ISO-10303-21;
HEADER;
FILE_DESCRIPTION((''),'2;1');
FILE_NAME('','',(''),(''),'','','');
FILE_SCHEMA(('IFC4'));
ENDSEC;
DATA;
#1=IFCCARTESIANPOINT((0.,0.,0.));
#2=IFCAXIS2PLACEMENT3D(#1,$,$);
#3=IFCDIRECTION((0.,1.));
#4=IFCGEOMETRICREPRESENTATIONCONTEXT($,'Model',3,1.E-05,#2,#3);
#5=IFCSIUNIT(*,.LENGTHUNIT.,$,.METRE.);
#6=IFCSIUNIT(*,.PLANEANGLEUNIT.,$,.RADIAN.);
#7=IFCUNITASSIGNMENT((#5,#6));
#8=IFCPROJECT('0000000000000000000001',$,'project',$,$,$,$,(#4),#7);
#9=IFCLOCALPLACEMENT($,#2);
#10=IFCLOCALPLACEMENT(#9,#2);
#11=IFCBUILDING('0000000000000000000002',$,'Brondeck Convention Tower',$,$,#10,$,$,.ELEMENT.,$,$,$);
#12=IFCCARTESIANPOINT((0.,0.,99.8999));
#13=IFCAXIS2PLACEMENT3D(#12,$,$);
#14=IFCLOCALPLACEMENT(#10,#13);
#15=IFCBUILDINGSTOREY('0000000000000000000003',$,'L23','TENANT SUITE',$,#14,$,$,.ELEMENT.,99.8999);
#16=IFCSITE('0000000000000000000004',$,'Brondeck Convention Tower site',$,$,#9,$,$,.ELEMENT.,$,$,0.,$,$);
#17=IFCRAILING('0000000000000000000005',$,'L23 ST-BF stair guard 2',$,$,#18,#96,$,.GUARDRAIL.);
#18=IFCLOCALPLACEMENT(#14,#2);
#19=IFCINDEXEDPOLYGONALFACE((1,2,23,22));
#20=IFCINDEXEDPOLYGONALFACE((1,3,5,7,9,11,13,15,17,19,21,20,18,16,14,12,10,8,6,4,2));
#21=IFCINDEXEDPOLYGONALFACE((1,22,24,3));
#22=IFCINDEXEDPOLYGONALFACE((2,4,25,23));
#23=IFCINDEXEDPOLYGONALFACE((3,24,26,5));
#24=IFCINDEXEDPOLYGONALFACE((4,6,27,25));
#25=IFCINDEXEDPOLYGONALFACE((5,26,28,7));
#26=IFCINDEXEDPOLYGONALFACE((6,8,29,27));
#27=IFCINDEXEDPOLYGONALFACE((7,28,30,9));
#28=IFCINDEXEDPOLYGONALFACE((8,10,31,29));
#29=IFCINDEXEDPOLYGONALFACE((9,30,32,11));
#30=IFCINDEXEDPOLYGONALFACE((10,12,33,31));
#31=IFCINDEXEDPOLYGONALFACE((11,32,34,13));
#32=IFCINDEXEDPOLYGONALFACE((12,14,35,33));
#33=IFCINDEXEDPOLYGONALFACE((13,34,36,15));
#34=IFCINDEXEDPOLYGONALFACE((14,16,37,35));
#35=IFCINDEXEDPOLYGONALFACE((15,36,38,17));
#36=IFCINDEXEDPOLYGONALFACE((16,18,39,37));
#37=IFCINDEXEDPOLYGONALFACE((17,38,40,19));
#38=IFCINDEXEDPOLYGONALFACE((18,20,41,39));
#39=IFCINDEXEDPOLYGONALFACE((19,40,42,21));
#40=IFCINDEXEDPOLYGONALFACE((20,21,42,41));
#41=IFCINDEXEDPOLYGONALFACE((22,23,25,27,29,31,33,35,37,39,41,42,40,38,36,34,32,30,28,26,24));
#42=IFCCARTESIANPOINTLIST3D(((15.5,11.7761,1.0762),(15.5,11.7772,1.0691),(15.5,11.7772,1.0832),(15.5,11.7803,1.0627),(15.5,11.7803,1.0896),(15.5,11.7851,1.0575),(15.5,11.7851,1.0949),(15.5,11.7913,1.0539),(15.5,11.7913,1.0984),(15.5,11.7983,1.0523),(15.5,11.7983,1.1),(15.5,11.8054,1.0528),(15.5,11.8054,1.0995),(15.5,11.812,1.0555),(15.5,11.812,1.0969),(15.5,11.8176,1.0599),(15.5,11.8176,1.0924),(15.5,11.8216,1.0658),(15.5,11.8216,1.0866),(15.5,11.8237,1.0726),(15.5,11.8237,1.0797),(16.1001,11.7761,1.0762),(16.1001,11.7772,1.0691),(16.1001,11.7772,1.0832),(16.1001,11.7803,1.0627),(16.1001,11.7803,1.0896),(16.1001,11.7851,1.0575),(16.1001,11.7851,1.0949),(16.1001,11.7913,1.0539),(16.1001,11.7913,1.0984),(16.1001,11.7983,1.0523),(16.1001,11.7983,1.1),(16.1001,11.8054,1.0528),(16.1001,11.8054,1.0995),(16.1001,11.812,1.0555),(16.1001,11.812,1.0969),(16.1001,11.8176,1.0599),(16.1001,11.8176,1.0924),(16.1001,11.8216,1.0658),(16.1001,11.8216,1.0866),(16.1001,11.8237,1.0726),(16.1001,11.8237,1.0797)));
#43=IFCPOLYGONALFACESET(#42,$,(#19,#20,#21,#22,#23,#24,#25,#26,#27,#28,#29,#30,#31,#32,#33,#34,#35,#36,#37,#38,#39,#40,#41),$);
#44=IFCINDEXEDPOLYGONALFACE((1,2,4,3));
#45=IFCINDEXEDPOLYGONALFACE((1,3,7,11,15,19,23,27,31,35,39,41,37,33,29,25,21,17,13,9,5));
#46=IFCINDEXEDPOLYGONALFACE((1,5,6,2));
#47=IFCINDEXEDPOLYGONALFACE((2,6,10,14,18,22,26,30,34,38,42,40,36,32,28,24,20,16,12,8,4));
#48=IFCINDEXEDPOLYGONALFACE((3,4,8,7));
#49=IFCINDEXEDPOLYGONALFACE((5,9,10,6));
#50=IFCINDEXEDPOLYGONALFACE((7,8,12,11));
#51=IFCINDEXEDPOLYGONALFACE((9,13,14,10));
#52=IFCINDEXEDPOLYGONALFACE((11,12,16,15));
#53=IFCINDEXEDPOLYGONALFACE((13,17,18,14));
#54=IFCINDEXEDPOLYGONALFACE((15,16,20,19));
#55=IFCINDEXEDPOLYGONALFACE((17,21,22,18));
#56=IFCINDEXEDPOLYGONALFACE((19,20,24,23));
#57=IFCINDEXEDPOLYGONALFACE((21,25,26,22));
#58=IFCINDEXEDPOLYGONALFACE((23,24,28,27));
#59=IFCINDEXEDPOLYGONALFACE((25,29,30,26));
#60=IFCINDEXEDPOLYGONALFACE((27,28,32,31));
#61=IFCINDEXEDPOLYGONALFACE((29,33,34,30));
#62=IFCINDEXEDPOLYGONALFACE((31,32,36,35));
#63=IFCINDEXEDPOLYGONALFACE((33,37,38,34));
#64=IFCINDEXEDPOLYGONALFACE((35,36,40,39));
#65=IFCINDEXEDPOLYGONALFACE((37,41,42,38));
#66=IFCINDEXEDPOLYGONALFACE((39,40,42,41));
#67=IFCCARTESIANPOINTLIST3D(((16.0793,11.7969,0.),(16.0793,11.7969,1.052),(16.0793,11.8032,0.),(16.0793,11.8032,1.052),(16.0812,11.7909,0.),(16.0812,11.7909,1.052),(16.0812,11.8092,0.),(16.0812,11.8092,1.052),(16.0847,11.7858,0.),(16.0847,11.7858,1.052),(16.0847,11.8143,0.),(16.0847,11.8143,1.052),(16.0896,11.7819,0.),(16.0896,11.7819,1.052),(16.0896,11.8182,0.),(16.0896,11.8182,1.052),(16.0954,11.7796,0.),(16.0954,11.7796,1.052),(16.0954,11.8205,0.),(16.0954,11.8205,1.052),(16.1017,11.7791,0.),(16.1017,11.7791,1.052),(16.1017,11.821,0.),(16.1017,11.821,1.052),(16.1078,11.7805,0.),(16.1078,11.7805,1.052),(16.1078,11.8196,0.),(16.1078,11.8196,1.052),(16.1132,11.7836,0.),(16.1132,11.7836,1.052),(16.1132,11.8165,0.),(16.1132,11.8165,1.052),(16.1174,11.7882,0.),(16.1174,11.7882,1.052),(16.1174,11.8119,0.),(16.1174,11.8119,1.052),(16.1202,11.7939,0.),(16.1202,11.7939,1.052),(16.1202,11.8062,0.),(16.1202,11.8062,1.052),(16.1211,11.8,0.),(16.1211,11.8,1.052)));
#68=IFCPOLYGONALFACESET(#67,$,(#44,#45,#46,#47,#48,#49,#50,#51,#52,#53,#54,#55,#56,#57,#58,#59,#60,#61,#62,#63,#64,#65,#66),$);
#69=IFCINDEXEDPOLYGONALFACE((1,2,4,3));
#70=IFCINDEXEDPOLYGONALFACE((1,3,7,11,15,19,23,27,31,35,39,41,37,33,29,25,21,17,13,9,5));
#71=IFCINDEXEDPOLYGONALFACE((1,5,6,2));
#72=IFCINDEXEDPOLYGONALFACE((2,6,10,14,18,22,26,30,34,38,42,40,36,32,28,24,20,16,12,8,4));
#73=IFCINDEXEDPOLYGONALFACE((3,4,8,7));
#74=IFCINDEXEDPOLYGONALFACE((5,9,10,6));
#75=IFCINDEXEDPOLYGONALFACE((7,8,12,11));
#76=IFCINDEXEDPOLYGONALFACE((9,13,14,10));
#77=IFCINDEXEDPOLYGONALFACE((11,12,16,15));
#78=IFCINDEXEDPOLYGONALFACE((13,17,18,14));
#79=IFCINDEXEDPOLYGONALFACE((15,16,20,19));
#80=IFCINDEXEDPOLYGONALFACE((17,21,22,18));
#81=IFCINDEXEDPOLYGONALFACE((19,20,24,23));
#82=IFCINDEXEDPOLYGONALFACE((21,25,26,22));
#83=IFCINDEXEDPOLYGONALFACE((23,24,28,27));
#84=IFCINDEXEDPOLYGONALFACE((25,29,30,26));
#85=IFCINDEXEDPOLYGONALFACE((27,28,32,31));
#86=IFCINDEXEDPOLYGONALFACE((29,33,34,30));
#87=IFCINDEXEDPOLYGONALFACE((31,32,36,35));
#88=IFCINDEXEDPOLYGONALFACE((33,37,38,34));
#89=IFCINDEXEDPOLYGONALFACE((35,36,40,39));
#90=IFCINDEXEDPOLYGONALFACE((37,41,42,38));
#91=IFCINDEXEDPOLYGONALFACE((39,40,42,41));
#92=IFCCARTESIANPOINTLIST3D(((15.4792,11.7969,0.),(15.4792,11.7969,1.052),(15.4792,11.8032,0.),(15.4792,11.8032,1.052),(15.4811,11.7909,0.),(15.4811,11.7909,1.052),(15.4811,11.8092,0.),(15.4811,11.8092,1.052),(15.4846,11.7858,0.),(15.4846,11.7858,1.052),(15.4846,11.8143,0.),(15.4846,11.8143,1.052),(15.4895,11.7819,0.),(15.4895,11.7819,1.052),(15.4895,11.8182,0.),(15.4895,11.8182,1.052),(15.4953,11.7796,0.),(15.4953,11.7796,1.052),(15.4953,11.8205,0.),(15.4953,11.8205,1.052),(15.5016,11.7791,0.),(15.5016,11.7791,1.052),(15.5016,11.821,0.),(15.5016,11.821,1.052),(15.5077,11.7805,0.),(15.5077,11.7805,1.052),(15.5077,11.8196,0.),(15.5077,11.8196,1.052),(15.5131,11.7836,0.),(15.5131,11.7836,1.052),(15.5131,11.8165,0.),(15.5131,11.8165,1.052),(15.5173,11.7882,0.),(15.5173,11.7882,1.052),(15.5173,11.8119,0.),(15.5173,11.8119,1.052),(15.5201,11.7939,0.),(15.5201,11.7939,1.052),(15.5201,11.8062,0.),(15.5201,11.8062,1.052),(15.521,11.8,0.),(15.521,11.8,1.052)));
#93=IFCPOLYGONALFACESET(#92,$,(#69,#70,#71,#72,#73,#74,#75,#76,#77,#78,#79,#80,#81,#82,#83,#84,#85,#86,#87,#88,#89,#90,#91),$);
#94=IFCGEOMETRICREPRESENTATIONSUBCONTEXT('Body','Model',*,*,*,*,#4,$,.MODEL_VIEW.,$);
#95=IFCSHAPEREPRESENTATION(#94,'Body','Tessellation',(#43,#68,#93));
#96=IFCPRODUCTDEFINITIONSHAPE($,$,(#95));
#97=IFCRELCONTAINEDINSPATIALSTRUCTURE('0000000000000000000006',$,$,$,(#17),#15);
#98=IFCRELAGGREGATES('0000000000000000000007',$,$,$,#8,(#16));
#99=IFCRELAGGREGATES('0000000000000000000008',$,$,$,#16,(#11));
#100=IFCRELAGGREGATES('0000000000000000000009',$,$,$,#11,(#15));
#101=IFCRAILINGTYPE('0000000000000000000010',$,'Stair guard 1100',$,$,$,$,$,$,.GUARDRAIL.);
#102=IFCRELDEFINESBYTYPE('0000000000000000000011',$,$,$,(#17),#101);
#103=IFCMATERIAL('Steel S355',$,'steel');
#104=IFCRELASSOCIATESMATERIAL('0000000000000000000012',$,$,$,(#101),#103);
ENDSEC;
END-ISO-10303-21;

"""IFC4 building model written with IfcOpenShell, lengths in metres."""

from ifc_helpers import new_model, si_unit, direction, frame, origin, origin_2d, place, context, subcontext, project, spatial, circle, extrude, material, type_object, element, save


model = new_model("IFC4")

# Units and contexts
model_context = context("Model", 3, precision=1e-05, world=origin(), true_north=direction((0.0, 1.0)))
body_context = subcontext(model_context, "Body", "Model", "MODEL_VIEW")
ifc_project = project(units=[si_unit("LENGTHUNIT", "METRE"), si_unit("PLANEANGLEUNIT", "RADIAN")], contexts=[model_context])

# Site, building, storey
site_placement = place(None, origin())
site = spatial("IfcSite", under=ifc_project, at=site_placement, Name="Brondeck Convention Tower site", CompositionType="ELEMENT", RefElevation=0.0)
building_placement = place(site_placement, origin())
building = spatial("IfcBuilding", under=site, at=building_placement, Name="Brondeck Convention Tower", CompositionType="ELEMENT")
storey_placement = place(building_placement, frame((0.0, 0.0, 99.8999)))
storey = spatial("IfcBuildingStorey", under=building, at=storey_placement, Name="L23", Description="TENANT SUITE", CompositionType="ELEMENT", Elevation=99.8999)

# Shared definitions
ifc_material_1 = material(Name="Steel S355", Category="steel")

# Railing
railing_type_1 = type_object("IfcRailingType", Name="Stair guard 1100", PredefinedType="GUARDRAIL", material=ifc_material_1)
railing_1_placement = place(storey_placement, frame((16.1001, 11.8, 0.0)))
element("IfcRailing", 1, at=railing_1_placement, inside=storey, type_object=railing_type_1, Name="L23 ST-BF stair guard 2", PredefinedType="GUARDRAIL", context=body_context, shape_type="SweptSolid", body=[
    extrude(circle(Radius=0.0239, at=origin_2d()), frame((0.0, 0.0, 1.0762), z_axis=(-1.0, 0.0, 0.0), x_axis=(0.0, -1.0, 0.0)), (0.0, 0.0, 1.0), 0.6001),
    extrude(circle(Radius=0.021, at=origin_2d()), origin(), (0.0, 0.0, 1.0), 1.052),
    extrude(circle(Radius=0.021, at=origin_2d()), frame((-0.6001, 0.0, 0.0)), (0.0, 0.0, 1.0), 1.052),
])

save(model, "model.ifc")
